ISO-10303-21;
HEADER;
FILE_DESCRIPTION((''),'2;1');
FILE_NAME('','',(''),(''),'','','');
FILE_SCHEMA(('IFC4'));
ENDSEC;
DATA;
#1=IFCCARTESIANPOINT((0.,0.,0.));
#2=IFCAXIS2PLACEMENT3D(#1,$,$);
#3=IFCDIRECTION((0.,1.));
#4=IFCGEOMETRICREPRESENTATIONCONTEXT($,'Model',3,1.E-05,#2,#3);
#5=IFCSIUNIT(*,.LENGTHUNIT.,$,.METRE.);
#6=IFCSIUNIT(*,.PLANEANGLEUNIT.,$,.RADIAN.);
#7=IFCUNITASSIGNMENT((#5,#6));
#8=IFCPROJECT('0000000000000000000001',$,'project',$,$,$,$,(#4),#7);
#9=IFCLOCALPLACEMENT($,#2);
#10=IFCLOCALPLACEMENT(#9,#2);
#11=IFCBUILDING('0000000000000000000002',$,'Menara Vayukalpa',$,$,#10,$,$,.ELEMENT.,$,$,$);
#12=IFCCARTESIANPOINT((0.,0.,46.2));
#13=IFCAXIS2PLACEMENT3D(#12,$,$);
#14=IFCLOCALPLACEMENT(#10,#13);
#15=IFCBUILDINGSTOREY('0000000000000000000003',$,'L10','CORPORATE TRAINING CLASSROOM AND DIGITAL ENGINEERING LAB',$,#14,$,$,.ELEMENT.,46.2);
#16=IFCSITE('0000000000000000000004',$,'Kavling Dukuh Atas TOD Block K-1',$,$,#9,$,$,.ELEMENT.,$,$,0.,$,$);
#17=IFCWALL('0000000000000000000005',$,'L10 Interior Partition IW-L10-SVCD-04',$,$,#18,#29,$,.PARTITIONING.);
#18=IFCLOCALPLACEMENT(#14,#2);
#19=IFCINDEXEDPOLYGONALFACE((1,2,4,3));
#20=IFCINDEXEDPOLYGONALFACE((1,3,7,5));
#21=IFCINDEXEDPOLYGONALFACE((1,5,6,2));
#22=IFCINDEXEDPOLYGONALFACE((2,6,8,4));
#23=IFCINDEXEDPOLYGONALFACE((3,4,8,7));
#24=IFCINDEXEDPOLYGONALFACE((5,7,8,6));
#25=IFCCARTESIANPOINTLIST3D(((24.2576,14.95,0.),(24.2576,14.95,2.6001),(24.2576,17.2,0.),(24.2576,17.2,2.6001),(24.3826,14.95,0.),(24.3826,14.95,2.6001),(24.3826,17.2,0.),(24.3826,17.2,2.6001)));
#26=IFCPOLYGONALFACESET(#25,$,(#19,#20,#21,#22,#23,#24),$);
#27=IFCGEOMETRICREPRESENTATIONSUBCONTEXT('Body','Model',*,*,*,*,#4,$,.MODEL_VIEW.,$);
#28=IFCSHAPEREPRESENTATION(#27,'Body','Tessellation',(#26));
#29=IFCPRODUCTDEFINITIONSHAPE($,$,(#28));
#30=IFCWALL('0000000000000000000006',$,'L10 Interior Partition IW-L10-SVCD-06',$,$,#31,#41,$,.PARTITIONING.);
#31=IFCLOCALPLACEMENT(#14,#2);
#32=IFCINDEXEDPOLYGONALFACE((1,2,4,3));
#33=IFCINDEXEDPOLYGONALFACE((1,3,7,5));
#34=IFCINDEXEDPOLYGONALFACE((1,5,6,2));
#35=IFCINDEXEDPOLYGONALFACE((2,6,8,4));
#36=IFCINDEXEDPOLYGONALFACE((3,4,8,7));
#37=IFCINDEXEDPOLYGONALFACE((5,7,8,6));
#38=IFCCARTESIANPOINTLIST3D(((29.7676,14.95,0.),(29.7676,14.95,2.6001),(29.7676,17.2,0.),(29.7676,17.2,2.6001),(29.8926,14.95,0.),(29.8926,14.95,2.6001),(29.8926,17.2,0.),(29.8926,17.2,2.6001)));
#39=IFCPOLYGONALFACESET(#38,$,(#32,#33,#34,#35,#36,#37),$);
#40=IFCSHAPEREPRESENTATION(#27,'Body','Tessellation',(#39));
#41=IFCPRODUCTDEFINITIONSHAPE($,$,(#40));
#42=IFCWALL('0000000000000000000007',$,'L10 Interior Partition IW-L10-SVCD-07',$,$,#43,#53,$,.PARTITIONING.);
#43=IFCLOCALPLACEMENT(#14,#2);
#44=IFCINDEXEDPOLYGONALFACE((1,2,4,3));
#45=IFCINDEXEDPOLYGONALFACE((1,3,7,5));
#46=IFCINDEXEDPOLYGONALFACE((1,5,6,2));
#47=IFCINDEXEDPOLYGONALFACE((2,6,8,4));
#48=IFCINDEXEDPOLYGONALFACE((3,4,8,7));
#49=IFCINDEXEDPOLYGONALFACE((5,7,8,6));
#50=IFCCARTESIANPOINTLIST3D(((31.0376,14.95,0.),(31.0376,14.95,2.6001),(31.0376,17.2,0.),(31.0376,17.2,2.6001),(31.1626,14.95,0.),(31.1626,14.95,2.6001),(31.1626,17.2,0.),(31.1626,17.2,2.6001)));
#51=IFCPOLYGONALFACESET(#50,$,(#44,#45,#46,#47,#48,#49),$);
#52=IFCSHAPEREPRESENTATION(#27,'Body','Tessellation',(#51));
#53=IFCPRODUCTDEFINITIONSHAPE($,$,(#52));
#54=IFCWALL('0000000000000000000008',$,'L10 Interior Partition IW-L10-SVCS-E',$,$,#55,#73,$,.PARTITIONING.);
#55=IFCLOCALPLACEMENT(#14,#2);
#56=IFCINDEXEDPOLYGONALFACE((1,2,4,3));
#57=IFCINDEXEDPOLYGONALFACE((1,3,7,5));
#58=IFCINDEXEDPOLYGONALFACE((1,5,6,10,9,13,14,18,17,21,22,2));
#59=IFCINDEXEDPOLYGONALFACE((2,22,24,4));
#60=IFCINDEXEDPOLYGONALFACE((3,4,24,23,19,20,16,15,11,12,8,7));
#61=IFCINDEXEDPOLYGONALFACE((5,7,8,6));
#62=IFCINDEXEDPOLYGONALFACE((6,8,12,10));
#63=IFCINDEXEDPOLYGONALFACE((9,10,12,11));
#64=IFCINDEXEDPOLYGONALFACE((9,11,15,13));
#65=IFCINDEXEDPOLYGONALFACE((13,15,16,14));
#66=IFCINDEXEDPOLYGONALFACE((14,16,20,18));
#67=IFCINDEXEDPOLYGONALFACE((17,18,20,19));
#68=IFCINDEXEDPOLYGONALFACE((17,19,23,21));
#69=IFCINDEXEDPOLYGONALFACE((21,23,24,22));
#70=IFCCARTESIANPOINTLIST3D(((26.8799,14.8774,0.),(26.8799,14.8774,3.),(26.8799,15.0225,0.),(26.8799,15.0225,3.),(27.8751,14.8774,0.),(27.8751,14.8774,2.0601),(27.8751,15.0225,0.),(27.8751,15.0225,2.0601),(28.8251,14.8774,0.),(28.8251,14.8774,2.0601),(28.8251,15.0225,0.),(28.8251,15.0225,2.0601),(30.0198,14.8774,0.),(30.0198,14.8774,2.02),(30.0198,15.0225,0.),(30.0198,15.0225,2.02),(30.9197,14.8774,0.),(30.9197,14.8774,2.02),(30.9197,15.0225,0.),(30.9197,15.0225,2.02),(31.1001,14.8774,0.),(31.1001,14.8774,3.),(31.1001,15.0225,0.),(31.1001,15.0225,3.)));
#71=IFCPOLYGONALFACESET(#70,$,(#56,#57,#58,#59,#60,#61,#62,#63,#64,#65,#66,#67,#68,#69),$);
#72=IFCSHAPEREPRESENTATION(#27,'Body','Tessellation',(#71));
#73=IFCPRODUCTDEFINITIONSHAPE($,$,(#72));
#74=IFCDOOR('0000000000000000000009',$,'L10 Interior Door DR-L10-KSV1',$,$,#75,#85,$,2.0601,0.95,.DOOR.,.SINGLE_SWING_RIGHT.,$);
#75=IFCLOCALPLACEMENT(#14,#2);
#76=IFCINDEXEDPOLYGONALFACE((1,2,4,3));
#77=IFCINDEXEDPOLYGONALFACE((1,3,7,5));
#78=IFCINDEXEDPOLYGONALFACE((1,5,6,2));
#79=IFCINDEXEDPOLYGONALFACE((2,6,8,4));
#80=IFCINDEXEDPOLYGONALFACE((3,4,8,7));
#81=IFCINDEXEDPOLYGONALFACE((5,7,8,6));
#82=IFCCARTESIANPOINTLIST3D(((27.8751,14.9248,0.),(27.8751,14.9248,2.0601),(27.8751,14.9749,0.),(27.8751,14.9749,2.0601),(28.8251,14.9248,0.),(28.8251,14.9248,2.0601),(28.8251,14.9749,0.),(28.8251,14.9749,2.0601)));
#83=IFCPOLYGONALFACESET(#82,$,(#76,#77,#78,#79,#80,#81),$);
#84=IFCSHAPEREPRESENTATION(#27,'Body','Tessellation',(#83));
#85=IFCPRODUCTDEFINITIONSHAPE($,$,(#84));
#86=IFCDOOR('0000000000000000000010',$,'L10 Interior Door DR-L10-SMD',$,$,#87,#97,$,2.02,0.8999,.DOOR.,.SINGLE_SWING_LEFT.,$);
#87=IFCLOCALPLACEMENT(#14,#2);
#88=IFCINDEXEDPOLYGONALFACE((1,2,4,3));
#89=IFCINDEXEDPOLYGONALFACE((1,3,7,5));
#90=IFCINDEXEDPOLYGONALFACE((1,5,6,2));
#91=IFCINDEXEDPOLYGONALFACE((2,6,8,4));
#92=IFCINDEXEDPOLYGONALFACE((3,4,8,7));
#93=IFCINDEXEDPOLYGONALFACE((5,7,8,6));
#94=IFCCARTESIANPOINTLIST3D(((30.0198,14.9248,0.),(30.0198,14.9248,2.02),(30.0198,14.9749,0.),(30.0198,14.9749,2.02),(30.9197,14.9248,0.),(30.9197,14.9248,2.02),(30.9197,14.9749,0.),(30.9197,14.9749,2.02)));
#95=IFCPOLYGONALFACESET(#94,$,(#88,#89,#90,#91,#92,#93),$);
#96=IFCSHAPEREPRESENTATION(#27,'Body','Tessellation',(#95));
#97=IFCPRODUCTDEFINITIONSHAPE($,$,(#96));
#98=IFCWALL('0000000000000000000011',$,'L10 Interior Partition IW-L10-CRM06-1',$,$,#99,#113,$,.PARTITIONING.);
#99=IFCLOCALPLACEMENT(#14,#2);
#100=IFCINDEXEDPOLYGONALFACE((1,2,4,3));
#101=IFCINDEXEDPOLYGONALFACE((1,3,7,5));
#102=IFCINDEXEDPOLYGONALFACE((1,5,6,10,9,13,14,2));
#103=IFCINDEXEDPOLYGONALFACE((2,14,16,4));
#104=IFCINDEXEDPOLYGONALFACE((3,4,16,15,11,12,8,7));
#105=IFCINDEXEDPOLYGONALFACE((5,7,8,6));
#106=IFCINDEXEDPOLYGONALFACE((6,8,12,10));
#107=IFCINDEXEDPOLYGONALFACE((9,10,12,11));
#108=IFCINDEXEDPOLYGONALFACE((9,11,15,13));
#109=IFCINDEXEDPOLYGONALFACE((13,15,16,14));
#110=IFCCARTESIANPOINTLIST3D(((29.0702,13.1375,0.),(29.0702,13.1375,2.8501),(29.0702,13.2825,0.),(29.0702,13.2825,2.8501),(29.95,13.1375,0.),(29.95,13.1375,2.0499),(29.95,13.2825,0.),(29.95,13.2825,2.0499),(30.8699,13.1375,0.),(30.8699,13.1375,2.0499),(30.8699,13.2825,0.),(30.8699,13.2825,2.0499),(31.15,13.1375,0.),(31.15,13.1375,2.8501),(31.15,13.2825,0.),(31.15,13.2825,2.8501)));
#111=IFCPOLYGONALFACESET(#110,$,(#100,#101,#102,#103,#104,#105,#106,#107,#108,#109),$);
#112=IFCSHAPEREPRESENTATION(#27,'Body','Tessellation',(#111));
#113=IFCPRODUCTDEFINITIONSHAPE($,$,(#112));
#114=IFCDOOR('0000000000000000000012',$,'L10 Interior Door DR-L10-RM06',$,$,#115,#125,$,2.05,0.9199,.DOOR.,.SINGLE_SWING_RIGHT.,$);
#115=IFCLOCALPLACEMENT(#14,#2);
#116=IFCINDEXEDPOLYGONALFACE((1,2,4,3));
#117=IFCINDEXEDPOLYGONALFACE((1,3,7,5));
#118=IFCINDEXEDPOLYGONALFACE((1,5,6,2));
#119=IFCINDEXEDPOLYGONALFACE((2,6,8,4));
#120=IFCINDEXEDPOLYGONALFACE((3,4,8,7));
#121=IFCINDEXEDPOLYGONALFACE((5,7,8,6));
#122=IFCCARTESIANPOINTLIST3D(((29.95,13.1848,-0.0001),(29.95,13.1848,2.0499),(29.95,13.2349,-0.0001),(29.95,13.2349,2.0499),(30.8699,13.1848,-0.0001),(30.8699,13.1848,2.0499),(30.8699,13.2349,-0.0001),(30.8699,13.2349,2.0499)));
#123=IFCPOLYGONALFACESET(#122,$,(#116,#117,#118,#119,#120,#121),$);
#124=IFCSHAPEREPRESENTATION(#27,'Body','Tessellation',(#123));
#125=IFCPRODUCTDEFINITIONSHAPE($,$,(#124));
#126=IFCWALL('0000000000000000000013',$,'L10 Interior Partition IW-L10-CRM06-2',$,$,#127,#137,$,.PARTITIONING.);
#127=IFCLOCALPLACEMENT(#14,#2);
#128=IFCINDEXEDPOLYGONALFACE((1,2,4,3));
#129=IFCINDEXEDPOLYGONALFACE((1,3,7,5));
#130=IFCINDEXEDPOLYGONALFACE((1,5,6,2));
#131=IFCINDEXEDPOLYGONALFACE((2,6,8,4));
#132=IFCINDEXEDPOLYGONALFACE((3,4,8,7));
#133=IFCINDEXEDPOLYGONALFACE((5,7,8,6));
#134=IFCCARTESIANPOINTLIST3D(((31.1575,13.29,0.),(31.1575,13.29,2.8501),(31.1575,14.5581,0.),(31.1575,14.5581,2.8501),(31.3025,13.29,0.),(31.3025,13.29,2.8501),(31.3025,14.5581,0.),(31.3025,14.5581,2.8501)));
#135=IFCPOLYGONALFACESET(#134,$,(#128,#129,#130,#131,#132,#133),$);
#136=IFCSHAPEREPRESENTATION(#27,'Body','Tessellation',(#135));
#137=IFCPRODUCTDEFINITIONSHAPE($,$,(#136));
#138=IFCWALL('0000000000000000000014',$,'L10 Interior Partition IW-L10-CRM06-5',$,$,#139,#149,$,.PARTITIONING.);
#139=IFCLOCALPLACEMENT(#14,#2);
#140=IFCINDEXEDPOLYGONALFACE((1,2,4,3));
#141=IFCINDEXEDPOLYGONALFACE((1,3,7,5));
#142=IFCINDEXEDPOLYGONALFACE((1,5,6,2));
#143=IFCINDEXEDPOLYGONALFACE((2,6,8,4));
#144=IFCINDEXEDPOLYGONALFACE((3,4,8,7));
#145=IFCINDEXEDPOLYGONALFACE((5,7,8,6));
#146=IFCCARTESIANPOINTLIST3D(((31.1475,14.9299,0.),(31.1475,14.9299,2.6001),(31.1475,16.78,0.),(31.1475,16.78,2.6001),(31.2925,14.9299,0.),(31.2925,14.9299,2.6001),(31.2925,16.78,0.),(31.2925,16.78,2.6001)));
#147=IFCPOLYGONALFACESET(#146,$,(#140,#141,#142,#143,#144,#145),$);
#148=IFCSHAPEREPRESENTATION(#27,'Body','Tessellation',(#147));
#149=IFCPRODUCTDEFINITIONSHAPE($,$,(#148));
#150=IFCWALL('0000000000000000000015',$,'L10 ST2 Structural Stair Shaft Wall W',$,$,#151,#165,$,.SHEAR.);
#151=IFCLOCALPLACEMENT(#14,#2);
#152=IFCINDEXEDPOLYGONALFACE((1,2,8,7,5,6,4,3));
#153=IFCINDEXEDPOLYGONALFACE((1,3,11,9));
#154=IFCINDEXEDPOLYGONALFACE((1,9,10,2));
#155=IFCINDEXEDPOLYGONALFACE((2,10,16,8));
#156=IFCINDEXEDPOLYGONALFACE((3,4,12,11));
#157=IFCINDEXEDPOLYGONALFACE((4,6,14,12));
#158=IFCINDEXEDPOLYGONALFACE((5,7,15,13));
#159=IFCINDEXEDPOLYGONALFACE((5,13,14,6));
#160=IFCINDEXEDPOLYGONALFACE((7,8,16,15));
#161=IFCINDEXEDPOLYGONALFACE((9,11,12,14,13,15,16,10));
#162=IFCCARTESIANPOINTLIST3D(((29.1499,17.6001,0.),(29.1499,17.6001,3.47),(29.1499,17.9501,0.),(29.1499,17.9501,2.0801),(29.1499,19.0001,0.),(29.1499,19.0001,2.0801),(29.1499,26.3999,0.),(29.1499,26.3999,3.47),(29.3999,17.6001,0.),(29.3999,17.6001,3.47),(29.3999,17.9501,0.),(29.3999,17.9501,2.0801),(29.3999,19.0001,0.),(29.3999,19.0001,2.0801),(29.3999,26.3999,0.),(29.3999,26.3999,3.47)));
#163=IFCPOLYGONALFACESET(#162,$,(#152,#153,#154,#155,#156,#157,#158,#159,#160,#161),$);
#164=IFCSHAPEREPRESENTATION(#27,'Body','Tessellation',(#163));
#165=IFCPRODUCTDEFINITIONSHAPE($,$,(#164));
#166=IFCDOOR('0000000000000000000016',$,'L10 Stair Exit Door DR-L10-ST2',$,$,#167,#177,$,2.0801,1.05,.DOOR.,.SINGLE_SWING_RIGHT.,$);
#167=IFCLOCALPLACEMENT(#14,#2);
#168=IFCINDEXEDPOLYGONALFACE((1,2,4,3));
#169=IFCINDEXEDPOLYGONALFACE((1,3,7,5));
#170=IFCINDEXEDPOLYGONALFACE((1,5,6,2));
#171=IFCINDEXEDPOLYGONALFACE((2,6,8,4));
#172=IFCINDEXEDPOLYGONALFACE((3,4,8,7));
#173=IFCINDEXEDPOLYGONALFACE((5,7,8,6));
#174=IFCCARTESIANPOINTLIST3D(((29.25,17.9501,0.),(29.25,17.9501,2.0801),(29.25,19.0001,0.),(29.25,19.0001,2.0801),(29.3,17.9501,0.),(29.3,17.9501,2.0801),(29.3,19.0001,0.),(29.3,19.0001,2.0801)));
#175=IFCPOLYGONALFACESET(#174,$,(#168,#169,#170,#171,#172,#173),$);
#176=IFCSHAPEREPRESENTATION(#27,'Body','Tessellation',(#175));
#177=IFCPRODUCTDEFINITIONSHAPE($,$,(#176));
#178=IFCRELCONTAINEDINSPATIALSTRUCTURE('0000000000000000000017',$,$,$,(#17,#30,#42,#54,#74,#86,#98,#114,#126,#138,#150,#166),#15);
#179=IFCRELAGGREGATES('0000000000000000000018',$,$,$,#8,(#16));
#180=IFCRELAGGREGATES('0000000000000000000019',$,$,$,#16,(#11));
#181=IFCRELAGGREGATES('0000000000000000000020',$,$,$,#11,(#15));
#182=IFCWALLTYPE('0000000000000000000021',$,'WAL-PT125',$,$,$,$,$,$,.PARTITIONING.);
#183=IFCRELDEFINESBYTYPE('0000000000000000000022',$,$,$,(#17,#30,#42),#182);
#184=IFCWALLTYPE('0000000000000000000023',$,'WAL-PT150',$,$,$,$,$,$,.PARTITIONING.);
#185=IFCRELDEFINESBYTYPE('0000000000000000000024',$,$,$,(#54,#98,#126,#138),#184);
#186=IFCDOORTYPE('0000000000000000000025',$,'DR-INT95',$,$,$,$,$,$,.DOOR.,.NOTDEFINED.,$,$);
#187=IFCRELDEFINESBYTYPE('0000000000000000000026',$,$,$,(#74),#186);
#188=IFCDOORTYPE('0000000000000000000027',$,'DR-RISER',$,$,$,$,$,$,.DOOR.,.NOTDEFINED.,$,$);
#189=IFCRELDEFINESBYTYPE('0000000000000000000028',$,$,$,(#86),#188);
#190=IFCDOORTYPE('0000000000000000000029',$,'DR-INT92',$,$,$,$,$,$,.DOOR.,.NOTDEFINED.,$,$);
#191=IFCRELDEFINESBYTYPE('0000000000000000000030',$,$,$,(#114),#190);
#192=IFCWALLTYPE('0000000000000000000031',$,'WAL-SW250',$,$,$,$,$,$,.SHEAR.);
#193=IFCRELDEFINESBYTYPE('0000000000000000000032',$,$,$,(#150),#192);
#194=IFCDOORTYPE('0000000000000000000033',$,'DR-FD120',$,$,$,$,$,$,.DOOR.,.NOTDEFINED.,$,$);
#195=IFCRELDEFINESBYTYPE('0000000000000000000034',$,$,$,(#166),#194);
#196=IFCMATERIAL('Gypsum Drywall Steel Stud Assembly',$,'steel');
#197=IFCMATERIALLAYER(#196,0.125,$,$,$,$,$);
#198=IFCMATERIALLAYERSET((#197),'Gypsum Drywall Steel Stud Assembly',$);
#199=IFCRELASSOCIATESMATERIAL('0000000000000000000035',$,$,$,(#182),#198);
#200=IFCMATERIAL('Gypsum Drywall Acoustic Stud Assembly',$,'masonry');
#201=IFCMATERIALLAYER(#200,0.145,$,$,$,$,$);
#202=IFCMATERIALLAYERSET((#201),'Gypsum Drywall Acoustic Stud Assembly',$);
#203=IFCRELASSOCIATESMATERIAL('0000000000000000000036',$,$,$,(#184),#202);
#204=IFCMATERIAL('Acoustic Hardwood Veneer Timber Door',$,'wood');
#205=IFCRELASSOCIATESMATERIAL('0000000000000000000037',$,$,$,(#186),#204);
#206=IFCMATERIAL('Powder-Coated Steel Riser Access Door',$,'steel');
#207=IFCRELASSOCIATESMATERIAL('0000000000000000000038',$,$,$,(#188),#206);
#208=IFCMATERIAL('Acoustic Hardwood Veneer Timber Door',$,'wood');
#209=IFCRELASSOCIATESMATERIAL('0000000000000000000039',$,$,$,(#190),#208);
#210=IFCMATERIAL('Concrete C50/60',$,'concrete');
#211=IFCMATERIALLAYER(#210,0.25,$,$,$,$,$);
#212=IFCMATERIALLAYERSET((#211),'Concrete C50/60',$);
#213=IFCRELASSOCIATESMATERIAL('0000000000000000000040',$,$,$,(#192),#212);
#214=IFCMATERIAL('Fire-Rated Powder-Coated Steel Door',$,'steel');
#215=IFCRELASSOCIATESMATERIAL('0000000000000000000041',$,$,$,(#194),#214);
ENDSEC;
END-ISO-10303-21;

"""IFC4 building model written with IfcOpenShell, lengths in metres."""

from ifc_helpers import new_model, si_unit, direction, frame, frame_2d, origin, place, context, subcontext, project, spatial, rectangle, extrude, material, layer, layer_set, type_object, element, fill, save


model = new_model("IFC4")

# Units and contexts
model_context = context("Model", 3, precision=1e-05, world=origin(), true_north=direction((0.0, 1.0)))
body_context = subcontext(model_context, "Body", "Model", "MODEL_VIEW")
ifc_project = project(units=[si_unit("LENGTHUNIT", "METRE"), si_unit("PLANEANGLEUNIT", "RADIAN")], contexts=[model_context])

# Site, building, storey
site_placement = place(None, origin())
site = spatial("IfcSite", under=ifc_project, at=site_placement, Name="Kavling Dukuh Atas TOD Block K-1", CompositionType="ELEMENT", RefElevation=0.0)
building_placement = place(site_placement, origin())
building = spatial("IfcBuilding", under=site, at=building_placement, Name="Menara Vayukalpa", CompositionType="ELEMENT")
storey_placement = place(building_placement, frame((0.0, 0.0, 46.2)))
storey = spatial("IfcBuildingStorey", under=building, at=storey_placement, Name="L10", Description="CORPORATE TRAINING CLASSROOM AND DIGITAL ENGINEERING LAB", CompositionType="ELEMENT", Elevation=46.2)

# Walls
ifc_material_1 = material(Name="Gypsum Drywall Steel Stud Assembly", Category="steel")
ifc_layer_1 = layer(ifc_material_1, 0.125)
ifc_layer_set_1 = layer_set([ifc_layer_1], Name="Gypsum Drywall Steel Stud Assembly")
wall_type_1 = type_object("IfcWallType", Name="WAL-PT125", PredefinedType="PARTITIONING", material=ifc_layer_set_1)
for number, where, z_axis, x_axis, name in (
    (1, (24.3201, 14.95, 0.0), (0.0, 0.0, 1.0), (0.0, 1.0, 0.0), "L10 Interior Partition IW-L10-SVCD-04"),
    (2, (29.8301, 14.95, 0.0), (0.0, 0.0, 1.0), (0.0, 1.0, 0.0), "L10 Interior Partition IW-L10-SVCD-06"),
    (3, (31.1001, 14.95, 0.0), (0.0, 0.0, 1.0), (0.0, 1.0, 0.0), "L10 Interior Partition IW-L10-SVCD-07"),
):
    element("IfcWall", number, at=place(storey_placement, frame(where, z_axis=z_axis, x_axis=x_axis)), inside=storey, type_object=wall_type_1, Name=name, PredefinedType="PARTITIONING", context=body_context, shape_type="SweptSolid", body=[
        extrude(rectangle(XDim=2.25, YDim=0.125, at=frame_2d((1.125, 0.0))), origin(), (0.0, 0.0, 1.0), 2.6001),
    ])

# Wall, openings, doors
ifc_material_2 = material(Name="Gypsum Drywall Acoustic Stud Assembly", Category="masonry")
ifc_layer_2 = layer(ifc_material_2, 0.145)
ifc_layer_set_2 = layer_set([ifc_layer_2], Name="Gypsum Drywall Acoustic Stud Assembly")
wall_type_2 = type_object("IfcWallType", Name="WAL-PT150", PredefinedType="PARTITIONING", material=ifc_layer_set_2)
wall_1_placement = place(storey_placement, frame((26.8799, 14.95, 0.0), z_axis=(0.0, 0.0, 1.0), x_axis=(1.0, 0.0, 0.0)))
wall_1 = element("IfcWall", 4, at=wall_1_placement, inside=storey, type_object=wall_type_2, Name="L10 Interior Partition IW-L10-SVCS-E", PredefinedType="PARTITIONING", context=body_context, shape_type="SweptSolid", body=[
    extrude(rectangle(XDim=4.2202, YDim=0.145, at=frame_2d((2.1101, 0.0))), origin(), (0.0, 0.0, 1.0), 3.0),
])
opening_1_placement = place(wall_1_placement, frame((0.9951, 0.0, 0.0)))
opening_1 = element("IfcOpeningElement", 5, at=opening_1_placement, cuts=wall_1, PredefinedType="OPENING", context=body_context, shape_type="SweptSolid", body=[
    extrude(rectangle(XDim=0.95, YDim=2.0601, at=frame_2d((0.4751, 1.03))), frame((0.0, 0.0825, 0.0), z_axis=(0.0, -1.0, 0.0), x_axis=(1.0, 0.0, 0.0)), (0.0, 0.0, 1.0), 0.165),
])
opening_2_placement = place(wall_1_placement, frame((3.1399, 0.0, 0.0)))
opening_2 = element("IfcOpeningElement", 6, at=opening_2_placement, cuts=wall_1, PredefinedType="OPENING", context=body_context, shape_type="SweptSolid", body=[
    extrude(rectangle(XDim=0.8999, YDim=2.02, at=frame_2d((0.45, 1.01))), frame((0.0, 0.0825, 0.0), z_axis=(0.0, -1.0, 0.0), x_axis=(1.0, 0.0, 0.0)), (0.0, 0.0, 1.0), 0.165),
])
ifc_material_3 = material(Name="Acoustic Hardwood Veneer Timber Door", Category="wood")
door_type_1 = type_object("IfcDoorType", Name="DR-INT95", OperationType="NOTDEFINED", PredefinedType="DOOR", material=ifc_material_3)
door_1_placement = place(opening_1_placement, origin())
door_1 = element("IfcDoor", 7, at=door_1_placement, inside=storey, type_object=door_type_1, Name="L10 Interior Door DR-L10-KSV1", OperationType="SINGLE_SWING_RIGHT", OverallHeight=2.0601, OverallWidth=0.95, PredefinedType="DOOR", context=body_context, shape_type="SweptSolid", body=[
    extrude(rectangle(XDim=0.95, YDim=2.0601, at=frame_2d((0.4751, 1.03))), frame((0.0, 0.0249, 0.0), z_axis=(0.0, -1.0, 0.0), x_axis=(1.0, 0.0, 0.0)), (0.0, 0.0, 1.0), 0.05),
])
fill(opening_1, door_1)
ifc_material_4 = material(Name="Powder-Coated Steel Riser Access Door", Category="steel")
door_type_2 = type_object("IfcDoorType", Name="DR-RISER", OperationType="NOTDEFINED", PredefinedType="DOOR", material=ifc_material_4)
door_2_placement = place(opening_2_placement, origin())
door_2 = element("IfcDoor", 8, at=door_2_placement, inside=storey, type_object=door_type_2, Name="L10 Interior Door DR-L10-SMD", OperationType="SINGLE_SWING_LEFT", OverallHeight=2.02, OverallWidth=0.8999, PredefinedType="DOOR", context=body_context, shape_type="SweptSolid", body=[
    extrude(rectangle(XDim=0.8999, YDim=2.02, at=frame_2d((0.45, 1.01))), frame((0.0, 0.0249, 0.0), z_axis=(0.0, -1.0, 0.0), x_axis=(1.0, 0.0, 0.0)), (0.0, 0.0, 1.0), 0.05),
])
fill(opening_2, door_2)

# Wall, opening, door
wall_2_placement = place(storey_placement, frame((29.0701, 13.21, 0.0), z_axis=(0.0, 0.0, 1.0), x_axis=(1.0, 0.0, 0.0)))
wall_2 = element("IfcWall", 9, at=wall_2_placement, inside=storey, type_object=wall_type_2, Name="L10 Interior Partition IW-L10-CRM06-1", PredefinedType="PARTITIONING", context=body_context, shape_type="SweptSolid", body=[
    extrude(rectangle(XDim=2.0798, YDim=0.145, at=frame_2d((1.04, 0.0))), origin(), (0.0, 0.0, 1.0), 2.8501),
])
opening_3_placement = place(wall_2_placement, frame((0.8799, 0.0, 0.0)))
opening_3 = element("IfcOpeningElement", 10, at=opening_3_placement, cuts=wall_2, PredefinedType="OPENING", context=body_context, shape_type="SweptSolid", body=[
    extrude(rectangle(XDim=0.9199, YDim=2.05, at=frame_2d((0.46, 1.0249))), frame((0.0, 0.0825, 0.0), z_axis=(0.0, -1.0, 0.0), x_axis=(1.0, 0.0, 0.0)), (0.0, 0.0, 1.0), 0.165),
])
ifc_material_5 = material(Name="Acoustic Hardwood Veneer Timber Door", Category="wood")
door_type_3 = type_object("IfcDoorType", Name="DR-INT92", OperationType="NOTDEFINED", PredefinedType="DOOR", material=ifc_material_5)
door_3_placement = place(opening_3_placement, origin())
door_3 = element("IfcDoor", 11, at=door_3_placement, inside=storey, type_object=door_type_3, Name="L10 Interior Door DR-L10-RM06", OperationType="SINGLE_SWING_RIGHT", OverallHeight=2.05, OverallWidth=0.9199, PredefinedType="DOOR", context=body_context, shape_type="SweptSolid", body=[
    extrude(rectangle(XDim=0.9199, YDim=2.05, at=frame_2d((0.46, 1.0249))), frame((0.0, 0.0249, 0.0), z_axis=(0.0, -1.0, 0.0), x_axis=(1.0, 0.0, 0.0)), (0.0, 0.0, 1.0), 0.05),
])
fill(opening_3, door_3)

# Walls
wall_3_placement = place(storey_placement, frame((31.23, 13.29, 0.0), z_axis=(0.0, 0.0, 1.0), x_axis=(0.0, 1.0, 0.0)))
element("IfcWall", 12, at=wall_3_placement, inside=storey, type_object=wall_type_2, Name="L10 Interior Partition IW-L10-CRM06-2", PredefinedType="PARTITIONING", context=body_context, shape_type="SweptSolid", body=[
    extrude(rectangle(XDim=1.2681, YDim=0.145, at=frame_2d((0.634, 0.0))), origin(), (0.0, 0.0, 1.0), 2.8501),
])
wall_4_placement = place(storey_placement, frame((31.22, 14.9299, 0.0), z_axis=(0.0, 0.0, 1.0), x_axis=(0.0, 1.0, 0.0)))
element("IfcWall", 13, at=wall_4_placement, inside=storey, type_object=wall_type_2, Name="L10 Interior Partition IW-L10-CRM06-5", PredefinedType="PARTITIONING", context=body_context, shape_type="SweptSolid", body=[
    extrude(rectangle(XDim=1.8501, YDim=0.145, at=frame_2d((0.925, 0.0))), origin(), (0.0, 0.0, 1.0), 2.6001),
])

# Wall, opening, door
ifc_material_6 = material(Name="Concrete C50/60", Category="concrete")
ifc_layer_3 = layer(ifc_material_6, 0.25)
ifc_layer_set_3 = layer_set([ifc_layer_3], Name="Concrete C50/60")
wall_type_3 = type_object("IfcWallType", Name="WAL-SW250", PredefinedType="SHEAR", material=ifc_layer_set_3)
wall_5_placement = place(storey_placement, frame((29.2749, 17.6001, 0.0), z_axis=(0.0, 0.0, 1.0), x_axis=(0.0, 1.0, 0.0)))
wall_5 = element("IfcWall", 14, at=wall_5_placement, inside=storey, type_object=wall_type_3, Name="L10 ST2 Structural Stair Shaft Wall W", PredefinedType="SHEAR", context=body_context, shape_type="SweptSolid", body=[
    extrude(rectangle(XDim=8.7998, YDim=0.25, at=frame_2d((4.3999, 0.0))), origin(), (0.0, 0.0, 1.0), 3.47),
])
opening_4_placement = place(wall_5_placement, frame((0.3501, 0.0, 0.0)))
opening_4 = element("IfcOpeningElement", 15, at=opening_4_placement, cuts=wall_5, PredefinedType="OPENING", context=body_context, shape_type="SweptSolid", body=[
    extrude(rectangle(XDim=1.05, YDim=2.0801, at=frame_2d((0.5249, 1.04))), frame((0.0, 0.135, 0.0), z_axis=(0.0, -1.0, 0.0), x_axis=(1.0, 0.0, 0.0)), (0.0, 0.0, 1.0), 0.27),
])
ifc_material_7 = material(Name="Fire-Rated Powder-Coated Steel Door", Category="steel")
door_type_4 = type_object("IfcDoorType", Name="DR-FD120", OperationType="NOTDEFINED", PredefinedType="DOOR", material=ifc_material_7)
door_4_placement = place(opening_4_placement, origin())
door_4 = element("IfcDoor", 16, at=door_4_placement, inside=storey, type_object=door_type_4, Name="L10 Stair Exit Door DR-L10-ST2", OperationType="SINGLE_SWING_RIGHT", OverallHeight=2.0801, OverallWidth=1.05, PredefinedType="DOOR", context=body_context, shape_type="SweptSolid", body=[
    extrude(rectangle(XDim=1.05, YDim=2.0801, at=frame_2d((0.5249, 1.04))), frame((0.0, 0.0249, 0.0), z_axis=(0.0, -1.0, 0.0), x_axis=(1.0, 0.0, 0.0)), (0.0, 0.0, 1.0), 0.05),
])
fill(opening_4, door_4)

save(model, "model.ifc")
